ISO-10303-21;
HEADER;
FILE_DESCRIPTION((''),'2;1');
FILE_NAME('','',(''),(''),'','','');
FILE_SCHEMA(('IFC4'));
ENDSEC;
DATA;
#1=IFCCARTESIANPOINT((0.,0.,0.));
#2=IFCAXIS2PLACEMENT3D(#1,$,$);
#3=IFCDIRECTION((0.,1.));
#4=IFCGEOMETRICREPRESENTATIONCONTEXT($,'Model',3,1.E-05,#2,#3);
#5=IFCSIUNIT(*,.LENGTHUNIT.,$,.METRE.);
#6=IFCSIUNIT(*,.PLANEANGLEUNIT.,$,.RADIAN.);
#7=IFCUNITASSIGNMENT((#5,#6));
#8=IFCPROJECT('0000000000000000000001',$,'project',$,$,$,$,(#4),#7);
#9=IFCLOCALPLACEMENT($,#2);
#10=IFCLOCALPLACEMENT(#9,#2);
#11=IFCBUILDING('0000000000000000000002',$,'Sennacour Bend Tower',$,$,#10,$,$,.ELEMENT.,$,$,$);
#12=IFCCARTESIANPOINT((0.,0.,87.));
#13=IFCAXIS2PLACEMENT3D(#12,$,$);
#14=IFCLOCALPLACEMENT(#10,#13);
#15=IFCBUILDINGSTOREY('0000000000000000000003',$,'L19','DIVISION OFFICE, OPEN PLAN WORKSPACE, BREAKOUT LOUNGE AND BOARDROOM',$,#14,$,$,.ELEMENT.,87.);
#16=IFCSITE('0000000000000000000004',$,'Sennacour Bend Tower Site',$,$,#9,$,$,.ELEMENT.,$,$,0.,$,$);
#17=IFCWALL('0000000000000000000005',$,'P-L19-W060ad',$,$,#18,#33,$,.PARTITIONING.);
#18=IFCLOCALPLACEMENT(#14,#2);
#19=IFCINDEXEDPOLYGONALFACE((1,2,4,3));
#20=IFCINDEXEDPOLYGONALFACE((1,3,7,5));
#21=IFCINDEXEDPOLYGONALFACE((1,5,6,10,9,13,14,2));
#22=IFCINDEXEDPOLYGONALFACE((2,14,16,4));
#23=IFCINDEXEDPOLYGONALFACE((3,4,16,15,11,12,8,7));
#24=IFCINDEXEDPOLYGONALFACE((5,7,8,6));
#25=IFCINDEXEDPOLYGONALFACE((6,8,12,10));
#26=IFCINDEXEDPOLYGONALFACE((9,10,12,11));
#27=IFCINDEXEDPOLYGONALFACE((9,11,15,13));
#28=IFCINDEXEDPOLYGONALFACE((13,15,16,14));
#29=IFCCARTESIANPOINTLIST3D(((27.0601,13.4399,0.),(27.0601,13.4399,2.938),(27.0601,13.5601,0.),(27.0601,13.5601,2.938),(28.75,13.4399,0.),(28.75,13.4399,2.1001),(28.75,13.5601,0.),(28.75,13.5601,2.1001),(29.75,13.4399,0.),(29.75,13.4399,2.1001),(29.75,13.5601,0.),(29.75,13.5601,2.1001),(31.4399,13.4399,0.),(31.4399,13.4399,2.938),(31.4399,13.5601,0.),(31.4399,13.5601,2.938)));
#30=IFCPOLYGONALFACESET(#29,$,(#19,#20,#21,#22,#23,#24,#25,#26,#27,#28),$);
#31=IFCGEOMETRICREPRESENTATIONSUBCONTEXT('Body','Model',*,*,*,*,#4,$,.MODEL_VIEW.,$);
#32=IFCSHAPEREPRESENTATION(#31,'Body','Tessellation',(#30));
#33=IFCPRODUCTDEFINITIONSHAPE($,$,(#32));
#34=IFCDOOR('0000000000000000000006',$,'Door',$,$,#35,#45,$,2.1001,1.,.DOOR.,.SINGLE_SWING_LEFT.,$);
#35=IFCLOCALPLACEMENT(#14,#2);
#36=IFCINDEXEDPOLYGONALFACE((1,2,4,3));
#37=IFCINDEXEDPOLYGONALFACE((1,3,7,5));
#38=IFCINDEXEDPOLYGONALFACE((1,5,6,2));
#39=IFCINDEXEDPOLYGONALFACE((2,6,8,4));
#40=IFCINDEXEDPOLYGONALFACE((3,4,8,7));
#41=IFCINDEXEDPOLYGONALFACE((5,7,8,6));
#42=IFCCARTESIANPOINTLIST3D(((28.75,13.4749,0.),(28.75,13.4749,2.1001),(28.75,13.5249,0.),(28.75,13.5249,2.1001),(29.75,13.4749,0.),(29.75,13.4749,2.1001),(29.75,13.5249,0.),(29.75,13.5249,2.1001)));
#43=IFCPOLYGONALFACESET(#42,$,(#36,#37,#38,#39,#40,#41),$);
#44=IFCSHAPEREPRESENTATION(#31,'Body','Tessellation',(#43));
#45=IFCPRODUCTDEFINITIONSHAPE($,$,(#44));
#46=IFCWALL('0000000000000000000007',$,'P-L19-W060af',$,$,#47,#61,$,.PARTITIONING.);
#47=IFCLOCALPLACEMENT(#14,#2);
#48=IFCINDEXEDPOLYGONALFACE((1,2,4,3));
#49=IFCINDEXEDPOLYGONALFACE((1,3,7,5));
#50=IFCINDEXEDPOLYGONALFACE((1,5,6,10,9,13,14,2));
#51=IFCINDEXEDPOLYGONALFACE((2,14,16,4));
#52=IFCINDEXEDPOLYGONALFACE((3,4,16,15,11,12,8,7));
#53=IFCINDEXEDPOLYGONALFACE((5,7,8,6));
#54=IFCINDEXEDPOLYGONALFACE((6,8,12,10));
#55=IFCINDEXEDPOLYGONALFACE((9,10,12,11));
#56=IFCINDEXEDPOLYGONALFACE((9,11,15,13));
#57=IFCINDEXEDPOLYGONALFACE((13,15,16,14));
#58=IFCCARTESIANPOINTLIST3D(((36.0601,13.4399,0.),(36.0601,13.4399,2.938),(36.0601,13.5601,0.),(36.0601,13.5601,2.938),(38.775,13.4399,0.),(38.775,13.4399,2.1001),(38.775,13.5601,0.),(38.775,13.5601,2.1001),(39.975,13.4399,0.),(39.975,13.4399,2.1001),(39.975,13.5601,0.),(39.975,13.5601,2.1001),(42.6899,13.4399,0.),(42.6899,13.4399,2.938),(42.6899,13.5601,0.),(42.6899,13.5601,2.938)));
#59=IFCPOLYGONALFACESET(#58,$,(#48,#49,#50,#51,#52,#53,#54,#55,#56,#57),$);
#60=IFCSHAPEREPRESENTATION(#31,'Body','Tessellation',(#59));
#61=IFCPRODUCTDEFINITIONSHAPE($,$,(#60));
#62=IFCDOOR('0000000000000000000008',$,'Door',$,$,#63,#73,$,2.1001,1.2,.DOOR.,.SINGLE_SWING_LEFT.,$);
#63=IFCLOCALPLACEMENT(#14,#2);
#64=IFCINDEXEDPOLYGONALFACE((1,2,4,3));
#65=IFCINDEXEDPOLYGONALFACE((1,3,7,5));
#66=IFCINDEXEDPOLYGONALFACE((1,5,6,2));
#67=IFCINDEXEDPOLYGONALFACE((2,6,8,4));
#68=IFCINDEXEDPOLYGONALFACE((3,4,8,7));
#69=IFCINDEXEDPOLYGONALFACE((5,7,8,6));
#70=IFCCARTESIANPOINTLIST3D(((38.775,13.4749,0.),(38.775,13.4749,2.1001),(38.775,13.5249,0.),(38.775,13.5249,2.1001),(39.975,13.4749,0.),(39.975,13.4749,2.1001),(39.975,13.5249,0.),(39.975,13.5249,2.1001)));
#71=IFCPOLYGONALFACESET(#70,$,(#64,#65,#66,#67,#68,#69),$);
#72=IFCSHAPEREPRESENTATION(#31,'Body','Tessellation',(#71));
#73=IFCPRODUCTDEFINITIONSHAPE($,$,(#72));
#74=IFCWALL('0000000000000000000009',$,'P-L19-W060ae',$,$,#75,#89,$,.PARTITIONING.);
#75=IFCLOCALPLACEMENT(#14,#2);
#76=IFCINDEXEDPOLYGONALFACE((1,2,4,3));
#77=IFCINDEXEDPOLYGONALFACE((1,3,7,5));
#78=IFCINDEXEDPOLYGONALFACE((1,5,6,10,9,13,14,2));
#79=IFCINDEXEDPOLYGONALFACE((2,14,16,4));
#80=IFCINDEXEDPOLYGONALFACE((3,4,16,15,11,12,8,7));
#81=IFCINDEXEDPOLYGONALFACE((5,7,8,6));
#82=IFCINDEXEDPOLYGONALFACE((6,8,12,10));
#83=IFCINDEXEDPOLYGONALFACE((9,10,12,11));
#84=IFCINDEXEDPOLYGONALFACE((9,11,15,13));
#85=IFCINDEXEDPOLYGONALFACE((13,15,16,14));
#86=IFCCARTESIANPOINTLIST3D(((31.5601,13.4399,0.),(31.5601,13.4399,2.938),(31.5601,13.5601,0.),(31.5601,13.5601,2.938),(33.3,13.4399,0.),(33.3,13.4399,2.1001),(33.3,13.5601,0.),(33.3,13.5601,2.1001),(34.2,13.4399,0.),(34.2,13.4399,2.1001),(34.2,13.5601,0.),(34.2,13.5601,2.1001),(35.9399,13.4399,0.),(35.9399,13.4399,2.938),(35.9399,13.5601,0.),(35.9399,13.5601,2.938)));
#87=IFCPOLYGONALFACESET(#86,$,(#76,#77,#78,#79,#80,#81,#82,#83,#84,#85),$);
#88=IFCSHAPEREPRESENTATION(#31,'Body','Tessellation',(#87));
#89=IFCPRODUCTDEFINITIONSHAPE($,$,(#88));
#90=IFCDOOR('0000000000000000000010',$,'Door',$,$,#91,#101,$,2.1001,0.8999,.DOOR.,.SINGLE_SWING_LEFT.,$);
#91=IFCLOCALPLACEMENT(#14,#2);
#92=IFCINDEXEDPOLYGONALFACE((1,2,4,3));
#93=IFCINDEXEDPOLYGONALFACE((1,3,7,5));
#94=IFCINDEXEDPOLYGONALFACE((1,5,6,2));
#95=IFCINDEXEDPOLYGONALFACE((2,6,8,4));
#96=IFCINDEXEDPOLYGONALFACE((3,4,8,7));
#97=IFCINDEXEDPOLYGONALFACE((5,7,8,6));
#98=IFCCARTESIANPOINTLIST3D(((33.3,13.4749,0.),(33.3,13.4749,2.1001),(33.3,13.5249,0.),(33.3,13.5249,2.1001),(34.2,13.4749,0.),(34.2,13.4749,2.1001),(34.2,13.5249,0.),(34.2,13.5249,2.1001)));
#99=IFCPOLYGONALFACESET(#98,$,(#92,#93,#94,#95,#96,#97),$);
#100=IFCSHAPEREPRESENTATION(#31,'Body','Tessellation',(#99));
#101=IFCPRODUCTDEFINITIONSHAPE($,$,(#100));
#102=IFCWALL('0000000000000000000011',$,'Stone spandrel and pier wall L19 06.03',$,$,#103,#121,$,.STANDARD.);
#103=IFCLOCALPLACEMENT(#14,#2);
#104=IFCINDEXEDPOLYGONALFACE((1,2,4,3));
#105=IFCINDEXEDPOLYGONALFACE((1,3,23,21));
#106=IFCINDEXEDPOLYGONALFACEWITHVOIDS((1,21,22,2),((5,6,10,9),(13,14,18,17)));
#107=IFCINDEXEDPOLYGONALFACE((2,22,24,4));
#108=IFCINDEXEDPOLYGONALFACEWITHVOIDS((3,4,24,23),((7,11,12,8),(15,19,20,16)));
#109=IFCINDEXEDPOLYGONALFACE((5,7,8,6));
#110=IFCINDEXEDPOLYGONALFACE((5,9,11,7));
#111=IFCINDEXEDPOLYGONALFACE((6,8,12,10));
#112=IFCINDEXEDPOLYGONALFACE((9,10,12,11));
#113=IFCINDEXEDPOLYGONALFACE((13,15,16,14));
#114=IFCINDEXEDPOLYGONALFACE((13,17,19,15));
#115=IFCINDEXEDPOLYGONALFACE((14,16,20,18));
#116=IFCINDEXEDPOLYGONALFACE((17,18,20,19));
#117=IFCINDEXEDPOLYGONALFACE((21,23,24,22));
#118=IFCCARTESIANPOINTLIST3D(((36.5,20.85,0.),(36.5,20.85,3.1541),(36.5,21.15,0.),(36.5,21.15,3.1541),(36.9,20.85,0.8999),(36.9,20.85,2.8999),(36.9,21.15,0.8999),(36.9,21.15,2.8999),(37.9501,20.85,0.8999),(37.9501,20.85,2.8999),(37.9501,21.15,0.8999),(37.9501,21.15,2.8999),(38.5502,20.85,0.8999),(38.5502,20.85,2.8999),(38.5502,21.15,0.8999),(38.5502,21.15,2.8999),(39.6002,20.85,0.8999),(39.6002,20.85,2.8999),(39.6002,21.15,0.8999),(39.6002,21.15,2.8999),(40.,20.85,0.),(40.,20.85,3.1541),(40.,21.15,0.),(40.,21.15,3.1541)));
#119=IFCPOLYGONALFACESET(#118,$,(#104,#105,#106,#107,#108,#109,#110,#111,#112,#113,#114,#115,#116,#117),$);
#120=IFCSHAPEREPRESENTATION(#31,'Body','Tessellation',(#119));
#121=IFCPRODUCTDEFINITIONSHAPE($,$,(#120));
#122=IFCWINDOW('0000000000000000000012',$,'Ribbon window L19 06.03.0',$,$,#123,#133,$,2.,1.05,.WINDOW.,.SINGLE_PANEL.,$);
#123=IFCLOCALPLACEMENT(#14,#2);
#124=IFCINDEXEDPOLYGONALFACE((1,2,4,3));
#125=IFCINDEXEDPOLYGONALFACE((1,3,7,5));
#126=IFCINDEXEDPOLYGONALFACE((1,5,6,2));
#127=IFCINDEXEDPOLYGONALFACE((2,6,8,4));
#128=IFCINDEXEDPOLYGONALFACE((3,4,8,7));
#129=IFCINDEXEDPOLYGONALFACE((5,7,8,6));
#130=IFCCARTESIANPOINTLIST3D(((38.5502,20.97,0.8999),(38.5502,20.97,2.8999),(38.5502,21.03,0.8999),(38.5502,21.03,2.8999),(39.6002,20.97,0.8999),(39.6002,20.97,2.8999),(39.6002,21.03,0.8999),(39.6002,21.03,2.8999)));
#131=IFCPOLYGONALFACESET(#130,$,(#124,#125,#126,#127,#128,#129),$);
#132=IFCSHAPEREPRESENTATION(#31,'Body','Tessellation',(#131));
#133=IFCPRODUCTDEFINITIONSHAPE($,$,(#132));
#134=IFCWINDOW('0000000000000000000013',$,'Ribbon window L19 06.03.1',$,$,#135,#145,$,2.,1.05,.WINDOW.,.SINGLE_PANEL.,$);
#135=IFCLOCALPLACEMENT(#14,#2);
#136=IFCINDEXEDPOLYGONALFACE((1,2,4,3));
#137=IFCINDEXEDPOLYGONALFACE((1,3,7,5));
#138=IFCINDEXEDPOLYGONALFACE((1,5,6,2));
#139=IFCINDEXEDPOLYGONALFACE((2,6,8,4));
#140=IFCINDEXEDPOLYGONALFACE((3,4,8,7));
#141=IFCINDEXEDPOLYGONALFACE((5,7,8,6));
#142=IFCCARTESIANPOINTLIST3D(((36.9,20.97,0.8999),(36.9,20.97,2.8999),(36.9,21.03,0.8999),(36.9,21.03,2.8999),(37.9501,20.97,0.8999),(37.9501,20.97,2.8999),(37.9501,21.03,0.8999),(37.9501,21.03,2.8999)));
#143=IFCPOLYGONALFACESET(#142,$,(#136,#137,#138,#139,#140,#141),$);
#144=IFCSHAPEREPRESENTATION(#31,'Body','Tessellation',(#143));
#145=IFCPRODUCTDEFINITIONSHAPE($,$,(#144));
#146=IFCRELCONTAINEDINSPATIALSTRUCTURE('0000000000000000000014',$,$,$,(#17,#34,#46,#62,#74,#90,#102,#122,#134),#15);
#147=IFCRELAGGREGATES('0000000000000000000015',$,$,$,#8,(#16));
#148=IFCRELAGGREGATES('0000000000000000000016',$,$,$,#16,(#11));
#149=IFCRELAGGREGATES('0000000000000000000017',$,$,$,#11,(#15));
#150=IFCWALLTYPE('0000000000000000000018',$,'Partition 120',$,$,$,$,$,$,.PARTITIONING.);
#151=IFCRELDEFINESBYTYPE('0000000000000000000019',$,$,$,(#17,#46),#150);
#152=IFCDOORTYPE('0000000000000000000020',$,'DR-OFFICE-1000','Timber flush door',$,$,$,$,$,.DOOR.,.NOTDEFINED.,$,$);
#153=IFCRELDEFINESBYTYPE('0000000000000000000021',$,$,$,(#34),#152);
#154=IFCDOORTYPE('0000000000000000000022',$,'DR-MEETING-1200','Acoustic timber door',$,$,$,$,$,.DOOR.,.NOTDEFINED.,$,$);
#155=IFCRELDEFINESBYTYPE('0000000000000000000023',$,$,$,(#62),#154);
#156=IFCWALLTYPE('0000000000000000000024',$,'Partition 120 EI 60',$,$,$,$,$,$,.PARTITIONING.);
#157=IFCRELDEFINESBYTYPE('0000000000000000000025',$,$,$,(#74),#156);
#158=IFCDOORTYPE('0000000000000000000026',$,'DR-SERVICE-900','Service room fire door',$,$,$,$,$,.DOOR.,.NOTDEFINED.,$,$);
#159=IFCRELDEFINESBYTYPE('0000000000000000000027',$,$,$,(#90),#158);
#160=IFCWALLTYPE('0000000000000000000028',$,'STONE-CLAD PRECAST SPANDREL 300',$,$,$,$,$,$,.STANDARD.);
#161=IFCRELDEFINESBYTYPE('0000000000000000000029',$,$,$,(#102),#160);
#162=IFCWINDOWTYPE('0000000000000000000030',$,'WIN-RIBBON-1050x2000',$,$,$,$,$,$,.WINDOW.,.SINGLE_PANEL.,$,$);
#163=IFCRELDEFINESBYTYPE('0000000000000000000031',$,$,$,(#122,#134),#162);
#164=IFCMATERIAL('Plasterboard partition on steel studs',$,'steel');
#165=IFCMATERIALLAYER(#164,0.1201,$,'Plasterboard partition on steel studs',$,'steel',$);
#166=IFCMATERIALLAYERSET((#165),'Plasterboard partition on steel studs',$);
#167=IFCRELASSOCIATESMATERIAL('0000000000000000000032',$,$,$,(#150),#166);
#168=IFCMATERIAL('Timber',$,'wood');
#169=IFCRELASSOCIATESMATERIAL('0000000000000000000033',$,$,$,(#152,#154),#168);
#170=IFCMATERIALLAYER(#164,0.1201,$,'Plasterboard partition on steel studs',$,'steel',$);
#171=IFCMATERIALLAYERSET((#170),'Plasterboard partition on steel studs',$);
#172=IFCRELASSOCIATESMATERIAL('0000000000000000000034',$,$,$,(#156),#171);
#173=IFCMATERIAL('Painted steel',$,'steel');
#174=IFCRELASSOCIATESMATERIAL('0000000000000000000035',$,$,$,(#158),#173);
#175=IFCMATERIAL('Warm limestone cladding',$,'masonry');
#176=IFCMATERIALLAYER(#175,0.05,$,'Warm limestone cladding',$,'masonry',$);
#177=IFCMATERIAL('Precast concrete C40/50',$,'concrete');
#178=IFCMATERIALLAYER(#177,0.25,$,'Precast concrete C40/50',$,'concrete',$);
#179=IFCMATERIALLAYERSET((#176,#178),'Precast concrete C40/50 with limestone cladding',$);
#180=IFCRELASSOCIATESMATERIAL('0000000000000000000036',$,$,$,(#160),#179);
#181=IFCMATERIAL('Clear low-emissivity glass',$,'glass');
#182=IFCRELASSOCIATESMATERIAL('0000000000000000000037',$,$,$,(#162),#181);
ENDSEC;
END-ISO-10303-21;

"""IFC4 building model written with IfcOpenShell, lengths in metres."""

from ifc_helpers import new_model, si_unit, direction, frame, frame_2d, origin, place, context, subcontext, project, spatial, rectangle, extrude, material, layer, layer_set, type_object, element, fill, save


model = new_model("IFC4")

# Units and contexts
model_context = context("Model", 3, precision=1e-05, world=origin(), true_north=direction((0.0, 1.0)))
body_context = subcontext(model_context, "Body", "Model", "MODEL_VIEW")
ifc_project = project(units=[si_unit("LENGTHUNIT", "METRE"), si_unit("PLANEANGLEUNIT", "RADIAN")], contexts=[model_context])

# Site, building, storey
site_placement = place(None, origin())
site = spatial("IfcSite", under=ifc_project, at=site_placement, Name="Sennacour Bend Tower Site", CompositionType="ELEMENT", RefElevation=0.0)
building_placement = place(site_placement, origin())
building = spatial("IfcBuilding", under=site, at=building_placement, Name="Sennacour Bend Tower", CompositionType="ELEMENT")
storey_placement = place(building_placement, frame((0.0, 0.0, 87.0)))
storey = spatial("IfcBuildingStorey", under=building, at=storey_placement, Name="L19", Description="DIVISION OFFICE, OPEN PLAN WORKSPACE, BREAKOUT LOUNGE AND BOARDROOM", CompositionType="ELEMENT", Elevation=87.0)

# Shared definitions
ifc_material_1 = material(Name="Plasterboard partition on steel studs", Category="steel")
ifc_layer_1 = layer(ifc_material_1, 0.1201, Name="Plasterboard partition on steel studs", Category="steel")
ifc_layer_set_1 = layer_set([ifc_layer_1], Name="Plasterboard partition on steel studs")
wall_type_1 = type_object("IfcWallType", Name="Partition 120", PredefinedType="PARTITIONING", material=ifc_layer_set_1)

# Walls, openings, doors
ifc_material_2 = material(Name="Timber", Category="wood")
wall_1_placement = place(storey_placement, frame((27.0601, 13.5, 0.0), z_axis=(0.0, 0.0, 1.0), x_axis=(1.0, 0.0, 0.0)))
wall_1 = element("IfcWall", 1, at=wall_1_placement, inside=storey, type_object=wall_type_1, Name="P-L19-W060ad", PredefinedType="PARTITIONING", context=body_context, shape_type="SweptSolid", body=[
    extrude(rectangle(XDim=4.3799, YDim=0.1201, at=frame_2d((2.1899, 0.0))), origin(), (0.0, 0.0, 1.0), 2.938),
])
opening_1_placement = place(wall_1_placement, frame((1.6899, 0.0, 0.0)))
opening_1 = element("IfcOpeningElement", 2, at=opening_1_placement, cuts=wall_1, PredefinedType="OPENING", context=body_context, shape_type="SweptSolid", body=[
    extrude(rectangle(XDim=1.0, YDim=2.1001, at=frame_2d((0.5, 1.05))), frame((0.0, 0.0701, 0.0), z_axis=(0.0, -1.0, 0.0), x_axis=(1.0, 0.0, 0.0)), (0.0, 0.0, 1.0), 0.1401),
])
door_type_1 = type_object("IfcDoorType", Name="DR-OFFICE-1000", Description="Timber flush door", OperationType="NOTDEFINED", PredefinedType="DOOR", material=ifc_material_2)
door_1_placement = place(opening_1_placement, origin())
door_1 = element("IfcDoor", 3, at=door_1_placement, inside=storey, type_object=door_type_1, Name="Door", OperationType="SINGLE_SWING_LEFT", OverallHeight=2.1001, OverallWidth=1.0, PredefinedType="DOOR", context=body_context, shape_type="SweptSolid", body=[
    extrude(rectangle(XDim=1.0, YDim=2.1001, at=frame_2d((0.5, 1.05))), frame((0.0, 0.0249, 0.0), z_axis=(0.0, -1.0, 0.0), x_axis=(1.0, 0.0, 0.0)), (0.0, 0.0, 1.0), 0.05),
])
fill(opening_1, door_1)
wall_2_placement = place(storey_placement, frame((36.0601, 13.5, 0.0), z_axis=(0.0, 0.0, 1.0), x_axis=(1.0, 0.0, 0.0)))
wall_2 = element("IfcWall", 4, at=wall_2_placement, inside=storey, type_object=wall_type_1, Name="P-L19-W060af", PredefinedType="PARTITIONING", context=body_context, shape_type="SweptSolid", body=[
    extrude(rectangle(XDim=6.6299, YDim=0.1201, at=frame_2d((3.3149, 0.0))), origin(), (0.0, 0.0, 1.0), 2.938),
])
opening_2_placement = place(wall_2_placement, frame((2.7148, 0.0, 0.0)))
opening_2 = element("IfcOpeningElement", 5, at=opening_2_placement, cuts=wall_2, PredefinedType="OPENING", context=body_context, shape_type="SweptSolid", body=[
    extrude(rectangle(XDim=1.2, YDim=2.1001, at=frame_2d((0.6001, 1.05))), frame((0.0, 0.0701, 0.0), z_axis=(0.0, -1.0, 0.0), x_axis=(1.0, 0.0, 0.0)), (0.0, 0.0, 1.0), 0.1401),
])
door_type_2 = type_object("IfcDoorType", Name="DR-MEETING-1200", Description="Acoustic timber door", OperationType="NOTDEFINED", PredefinedType="DOOR", material=ifc_material_2)
door_2_placement = place(opening_2_placement, origin())
door_2 = element("IfcDoor", 6, at=door_2_placement, inside=storey, type_object=door_type_2, Name="Door", OperationType="SINGLE_SWING_LEFT", OverallHeight=2.1001, OverallWidth=1.2, PredefinedType="DOOR", context=body_context, shape_type="SweptSolid", body=[
    extrude(rectangle(XDim=1.2, YDim=2.1001, at=frame_2d((0.6001, 1.05))), frame((0.0, 0.0249, 0.0), z_axis=(0.0, -1.0, 0.0), x_axis=(1.0, 0.0, 0.0)), (0.0, 0.0, 1.0), 0.05),
])
fill(opening_2, door_2)
ifc_layer_2 = layer(ifc_material_1, 0.1201, Name="Plasterboard partition on steel studs", Category="steel")
ifc_layer_set_2 = layer_set([ifc_layer_2], Name="Plasterboard partition on steel studs")
wall_type_2 = type_object("IfcWallType", Name="Partition 120 EI 60", PredefinedType="PARTITIONING", material=ifc_layer_set_2)
wall_3_placement = place(storey_placement, frame((31.5601, 13.5, 0.0), z_axis=(0.0, 0.0, 1.0), x_axis=(1.0, 0.0, 0.0)))
wall_3 = element("IfcWall", 7, at=wall_3_placement, inside=storey, type_object=wall_type_2, Name="P-L19-W060ae", PredefinedType="PARTITIONING", context=body_context, shape_type="SweptSolid", body=[
    extrude(rectangle(XDim=4.3799, YDim=0.1201, at=frame_2d((2.1899, 0.0))), origin(), (0.0, 0.0, 1.0), 2.938),
])
opening_3_placement = place(wall_3_placement, frame((1.74, 0.0, 0.0)))
opening_3 = element("IfcOpeningElement", 8, at=opening_3_placement, cuts=wall_3, PredefinedType="OPENING", context=body_context, shape_type="SweptSolid", body=[
    extrude(rectangle(XDim=0.8999, YDim=2.1001, at=frame_2d((0.45, 1.05))), frame((0.0, 0.0701, 0.0), z_axis=(0.0, -1.0, 0.0), x_axis=(1.0, 0.0, 0.0)), (0.0, 0.0, 1.0), 0.1401),
])
ifc_material_3 = material(Name="Painted steel", Category="steel")
door_type_3 = type_object("IfcDoorType", Name="DR-SERVICE-900", Description="Service room fire door", OperationType="NOTDEFINED", PredefinedType="DOOR", material=ifc_material_3)
door_3_placement = place(opening_3_placement, origin())
door_3 = element("IfcDoor", 9, at=door_3_placement, inside=storey, type_object=door_type_3, Name="Door", OperationType="SINGLE_SWING_LEFT", OverallHeight=2.1001, OverallWidth=0.8999, PredefinedType="DOOR", context=body_context, shape_type="SweptSolid", body=[
    extrude(rectangle(XDim=0.8999, YDim=2.1001, at=frame_2d((0.45, 1.05))), frame((0.0, 0.0249, 0.0), z_axis=(0.0, -1.0, 0.0), x_axis=(1.0, 0.0, 0.0)), (0.0, 0.0, 1.0), 0.05),
])
fill(opening_3, door_3)

# Wall, openings, windows
ifc_material_4 = material(Name="Warm limestone cladding", Category="masonry")
ifc_layer_3 = layer(ifc_material_4, 0.05, Name="Warm limestone cladding", Category="masonry")
ifc_material_5 = material(Name="Precast concrete C40/50", Category="concrete")
ifc_layer_4 = layer(ifc_material_5, 0.25, Name="Precast concrete C40/50", Category="concrete")
ifc_layer_set_3 = layer_set([ifc_layer_3, ifc_layer_4], Name="Precast concrete C40/50 with limestone cladding")
wall_type_3 = type_object("IfcWallType", Name="STONE-CLAD PRECAST SPANDREL 300", PredefinedType="STANDARD", material=ifc_layer_set_3)
wall_4_placement = place(storey_placement, frame((40.0, 21.0, 0.0), z_axis=(0.0, 0.0, 1.0), x_axis=(-1.0, 0.0, 0.0)))
wall_4 = element("IfcWall", 10, at=wall_4_placement, inside=storey, type_object=wall_type_3, Name="Stone spandrel and pier wall L19 06.03", PredefinedType="STANDARD", context=body_context, shape_type="SweptSolid", body=[
    extrude(rectangle(XDim=3.5, YDim=0.3, at=frame_2d((1.75, 0.0))), origin(), (0.0, 0.0, 1.0), 3.1541),
])
opening_4_placement = place(wall_4_placement, frame((0.3999, 0.0, 0.8999)))
opening_4 = element("IfcOpeningElement", 11, at=opening_4_placement, cuts=wall_4, PredefinedType="OPENING", context=body_context, shape_type="SweptSolid", body=[
    extrude(rectangle(XDim=1.05, YDim=2.0, at=frame_2d((0.5249, 1.0))), frame((0.0, 0.1602, 0.0), z_axis=(0.0, -1.0, 0.0), x_axis=(1.0, 0.0, 0.0)), (0.0, 0.0, 1.0), 0.3201),
])
opening_5_placement = place(wall_4_placement, frame((2.05, 0.0, 0.8999)))
opening_5 = element("IfcOpeningElement", 12, at=opening_5_placement, cuts=wall_4, PredefinedType="OPENING", context=body_context, shape_type="SweptSolid", body=[
    extrude(rectangle(XDim=1.05, YDim=2.0, at=frame_2d((0.5249, 1.0))), frame((0.0, 0.1602, 0.0), z_axis=(0.0, -1.0, 0.0), x_axis=(1.0, 0.0, 0.0)), (0.0, 0.0, 1.0), 0.3201),
])
ifc_material_6 = material(Name="Clear low-emissivity glass", Category="glass")
window_type_1 = type_object("IfcWindowType", Name="WIN-RIBBON-1050x2000", PartitioningType="SINGLE_PANEL", PredefinedType="WINDOW", material=ifc_material_6)
window_1_placement = place(opening_4_placement, origin())
window_1 = element("IfcWindow", 13, at=window_1_placement, inside=storey, type_object=window_type_1, Name="Ribbon window L19 06.03.0", OverallHeight=2.0, OverallWidth=1.05, PartitioningType="SINGLE_PANEL", PredefinedType="WINDOW", context=body_context, shape_type="SweptSolid", body=[
    extrude(rectangle(XDim=1.05, YDim=2.0, at=frame_2d((0.5249, 1.0))), frame((0.0, 0.03, 0.0), z_axis=(0.0, -1.0, 0.0), x_axis=(1.0, 0.0, 0.0)), (0.0, 0.0, 1.0), 0.0601),
])
fill(opening_4, window_1)
window_2_placement = place(opening_5_placement, origin())
window_2 = element("IfcWindow", 14, at=window_2_placement, inside=storey, type_object=window_type_1, Name="Ribbon window L19 06.03.1", OverallHeight=2.0, OverallWidth=1.05, PartitioningType="SINGLE_PANEL", PredefinedType="WINDOW", context=body_context, shape_type="SweptSolid", body=[
    extrude(rectangle(XDim=1.05, YDim=2.0, at=frame_2d((0.5249, 1.0))), frame((0.0, 0.03, 0.0), z_axis=(0.0, -1.0, 0.0), x_axis=(1.0, 0.0, 0.0)), (0.0, 0.0, 1.0), 0.0601),
])
fill(opening_5, window_2)

save(model, "model.ifc")
